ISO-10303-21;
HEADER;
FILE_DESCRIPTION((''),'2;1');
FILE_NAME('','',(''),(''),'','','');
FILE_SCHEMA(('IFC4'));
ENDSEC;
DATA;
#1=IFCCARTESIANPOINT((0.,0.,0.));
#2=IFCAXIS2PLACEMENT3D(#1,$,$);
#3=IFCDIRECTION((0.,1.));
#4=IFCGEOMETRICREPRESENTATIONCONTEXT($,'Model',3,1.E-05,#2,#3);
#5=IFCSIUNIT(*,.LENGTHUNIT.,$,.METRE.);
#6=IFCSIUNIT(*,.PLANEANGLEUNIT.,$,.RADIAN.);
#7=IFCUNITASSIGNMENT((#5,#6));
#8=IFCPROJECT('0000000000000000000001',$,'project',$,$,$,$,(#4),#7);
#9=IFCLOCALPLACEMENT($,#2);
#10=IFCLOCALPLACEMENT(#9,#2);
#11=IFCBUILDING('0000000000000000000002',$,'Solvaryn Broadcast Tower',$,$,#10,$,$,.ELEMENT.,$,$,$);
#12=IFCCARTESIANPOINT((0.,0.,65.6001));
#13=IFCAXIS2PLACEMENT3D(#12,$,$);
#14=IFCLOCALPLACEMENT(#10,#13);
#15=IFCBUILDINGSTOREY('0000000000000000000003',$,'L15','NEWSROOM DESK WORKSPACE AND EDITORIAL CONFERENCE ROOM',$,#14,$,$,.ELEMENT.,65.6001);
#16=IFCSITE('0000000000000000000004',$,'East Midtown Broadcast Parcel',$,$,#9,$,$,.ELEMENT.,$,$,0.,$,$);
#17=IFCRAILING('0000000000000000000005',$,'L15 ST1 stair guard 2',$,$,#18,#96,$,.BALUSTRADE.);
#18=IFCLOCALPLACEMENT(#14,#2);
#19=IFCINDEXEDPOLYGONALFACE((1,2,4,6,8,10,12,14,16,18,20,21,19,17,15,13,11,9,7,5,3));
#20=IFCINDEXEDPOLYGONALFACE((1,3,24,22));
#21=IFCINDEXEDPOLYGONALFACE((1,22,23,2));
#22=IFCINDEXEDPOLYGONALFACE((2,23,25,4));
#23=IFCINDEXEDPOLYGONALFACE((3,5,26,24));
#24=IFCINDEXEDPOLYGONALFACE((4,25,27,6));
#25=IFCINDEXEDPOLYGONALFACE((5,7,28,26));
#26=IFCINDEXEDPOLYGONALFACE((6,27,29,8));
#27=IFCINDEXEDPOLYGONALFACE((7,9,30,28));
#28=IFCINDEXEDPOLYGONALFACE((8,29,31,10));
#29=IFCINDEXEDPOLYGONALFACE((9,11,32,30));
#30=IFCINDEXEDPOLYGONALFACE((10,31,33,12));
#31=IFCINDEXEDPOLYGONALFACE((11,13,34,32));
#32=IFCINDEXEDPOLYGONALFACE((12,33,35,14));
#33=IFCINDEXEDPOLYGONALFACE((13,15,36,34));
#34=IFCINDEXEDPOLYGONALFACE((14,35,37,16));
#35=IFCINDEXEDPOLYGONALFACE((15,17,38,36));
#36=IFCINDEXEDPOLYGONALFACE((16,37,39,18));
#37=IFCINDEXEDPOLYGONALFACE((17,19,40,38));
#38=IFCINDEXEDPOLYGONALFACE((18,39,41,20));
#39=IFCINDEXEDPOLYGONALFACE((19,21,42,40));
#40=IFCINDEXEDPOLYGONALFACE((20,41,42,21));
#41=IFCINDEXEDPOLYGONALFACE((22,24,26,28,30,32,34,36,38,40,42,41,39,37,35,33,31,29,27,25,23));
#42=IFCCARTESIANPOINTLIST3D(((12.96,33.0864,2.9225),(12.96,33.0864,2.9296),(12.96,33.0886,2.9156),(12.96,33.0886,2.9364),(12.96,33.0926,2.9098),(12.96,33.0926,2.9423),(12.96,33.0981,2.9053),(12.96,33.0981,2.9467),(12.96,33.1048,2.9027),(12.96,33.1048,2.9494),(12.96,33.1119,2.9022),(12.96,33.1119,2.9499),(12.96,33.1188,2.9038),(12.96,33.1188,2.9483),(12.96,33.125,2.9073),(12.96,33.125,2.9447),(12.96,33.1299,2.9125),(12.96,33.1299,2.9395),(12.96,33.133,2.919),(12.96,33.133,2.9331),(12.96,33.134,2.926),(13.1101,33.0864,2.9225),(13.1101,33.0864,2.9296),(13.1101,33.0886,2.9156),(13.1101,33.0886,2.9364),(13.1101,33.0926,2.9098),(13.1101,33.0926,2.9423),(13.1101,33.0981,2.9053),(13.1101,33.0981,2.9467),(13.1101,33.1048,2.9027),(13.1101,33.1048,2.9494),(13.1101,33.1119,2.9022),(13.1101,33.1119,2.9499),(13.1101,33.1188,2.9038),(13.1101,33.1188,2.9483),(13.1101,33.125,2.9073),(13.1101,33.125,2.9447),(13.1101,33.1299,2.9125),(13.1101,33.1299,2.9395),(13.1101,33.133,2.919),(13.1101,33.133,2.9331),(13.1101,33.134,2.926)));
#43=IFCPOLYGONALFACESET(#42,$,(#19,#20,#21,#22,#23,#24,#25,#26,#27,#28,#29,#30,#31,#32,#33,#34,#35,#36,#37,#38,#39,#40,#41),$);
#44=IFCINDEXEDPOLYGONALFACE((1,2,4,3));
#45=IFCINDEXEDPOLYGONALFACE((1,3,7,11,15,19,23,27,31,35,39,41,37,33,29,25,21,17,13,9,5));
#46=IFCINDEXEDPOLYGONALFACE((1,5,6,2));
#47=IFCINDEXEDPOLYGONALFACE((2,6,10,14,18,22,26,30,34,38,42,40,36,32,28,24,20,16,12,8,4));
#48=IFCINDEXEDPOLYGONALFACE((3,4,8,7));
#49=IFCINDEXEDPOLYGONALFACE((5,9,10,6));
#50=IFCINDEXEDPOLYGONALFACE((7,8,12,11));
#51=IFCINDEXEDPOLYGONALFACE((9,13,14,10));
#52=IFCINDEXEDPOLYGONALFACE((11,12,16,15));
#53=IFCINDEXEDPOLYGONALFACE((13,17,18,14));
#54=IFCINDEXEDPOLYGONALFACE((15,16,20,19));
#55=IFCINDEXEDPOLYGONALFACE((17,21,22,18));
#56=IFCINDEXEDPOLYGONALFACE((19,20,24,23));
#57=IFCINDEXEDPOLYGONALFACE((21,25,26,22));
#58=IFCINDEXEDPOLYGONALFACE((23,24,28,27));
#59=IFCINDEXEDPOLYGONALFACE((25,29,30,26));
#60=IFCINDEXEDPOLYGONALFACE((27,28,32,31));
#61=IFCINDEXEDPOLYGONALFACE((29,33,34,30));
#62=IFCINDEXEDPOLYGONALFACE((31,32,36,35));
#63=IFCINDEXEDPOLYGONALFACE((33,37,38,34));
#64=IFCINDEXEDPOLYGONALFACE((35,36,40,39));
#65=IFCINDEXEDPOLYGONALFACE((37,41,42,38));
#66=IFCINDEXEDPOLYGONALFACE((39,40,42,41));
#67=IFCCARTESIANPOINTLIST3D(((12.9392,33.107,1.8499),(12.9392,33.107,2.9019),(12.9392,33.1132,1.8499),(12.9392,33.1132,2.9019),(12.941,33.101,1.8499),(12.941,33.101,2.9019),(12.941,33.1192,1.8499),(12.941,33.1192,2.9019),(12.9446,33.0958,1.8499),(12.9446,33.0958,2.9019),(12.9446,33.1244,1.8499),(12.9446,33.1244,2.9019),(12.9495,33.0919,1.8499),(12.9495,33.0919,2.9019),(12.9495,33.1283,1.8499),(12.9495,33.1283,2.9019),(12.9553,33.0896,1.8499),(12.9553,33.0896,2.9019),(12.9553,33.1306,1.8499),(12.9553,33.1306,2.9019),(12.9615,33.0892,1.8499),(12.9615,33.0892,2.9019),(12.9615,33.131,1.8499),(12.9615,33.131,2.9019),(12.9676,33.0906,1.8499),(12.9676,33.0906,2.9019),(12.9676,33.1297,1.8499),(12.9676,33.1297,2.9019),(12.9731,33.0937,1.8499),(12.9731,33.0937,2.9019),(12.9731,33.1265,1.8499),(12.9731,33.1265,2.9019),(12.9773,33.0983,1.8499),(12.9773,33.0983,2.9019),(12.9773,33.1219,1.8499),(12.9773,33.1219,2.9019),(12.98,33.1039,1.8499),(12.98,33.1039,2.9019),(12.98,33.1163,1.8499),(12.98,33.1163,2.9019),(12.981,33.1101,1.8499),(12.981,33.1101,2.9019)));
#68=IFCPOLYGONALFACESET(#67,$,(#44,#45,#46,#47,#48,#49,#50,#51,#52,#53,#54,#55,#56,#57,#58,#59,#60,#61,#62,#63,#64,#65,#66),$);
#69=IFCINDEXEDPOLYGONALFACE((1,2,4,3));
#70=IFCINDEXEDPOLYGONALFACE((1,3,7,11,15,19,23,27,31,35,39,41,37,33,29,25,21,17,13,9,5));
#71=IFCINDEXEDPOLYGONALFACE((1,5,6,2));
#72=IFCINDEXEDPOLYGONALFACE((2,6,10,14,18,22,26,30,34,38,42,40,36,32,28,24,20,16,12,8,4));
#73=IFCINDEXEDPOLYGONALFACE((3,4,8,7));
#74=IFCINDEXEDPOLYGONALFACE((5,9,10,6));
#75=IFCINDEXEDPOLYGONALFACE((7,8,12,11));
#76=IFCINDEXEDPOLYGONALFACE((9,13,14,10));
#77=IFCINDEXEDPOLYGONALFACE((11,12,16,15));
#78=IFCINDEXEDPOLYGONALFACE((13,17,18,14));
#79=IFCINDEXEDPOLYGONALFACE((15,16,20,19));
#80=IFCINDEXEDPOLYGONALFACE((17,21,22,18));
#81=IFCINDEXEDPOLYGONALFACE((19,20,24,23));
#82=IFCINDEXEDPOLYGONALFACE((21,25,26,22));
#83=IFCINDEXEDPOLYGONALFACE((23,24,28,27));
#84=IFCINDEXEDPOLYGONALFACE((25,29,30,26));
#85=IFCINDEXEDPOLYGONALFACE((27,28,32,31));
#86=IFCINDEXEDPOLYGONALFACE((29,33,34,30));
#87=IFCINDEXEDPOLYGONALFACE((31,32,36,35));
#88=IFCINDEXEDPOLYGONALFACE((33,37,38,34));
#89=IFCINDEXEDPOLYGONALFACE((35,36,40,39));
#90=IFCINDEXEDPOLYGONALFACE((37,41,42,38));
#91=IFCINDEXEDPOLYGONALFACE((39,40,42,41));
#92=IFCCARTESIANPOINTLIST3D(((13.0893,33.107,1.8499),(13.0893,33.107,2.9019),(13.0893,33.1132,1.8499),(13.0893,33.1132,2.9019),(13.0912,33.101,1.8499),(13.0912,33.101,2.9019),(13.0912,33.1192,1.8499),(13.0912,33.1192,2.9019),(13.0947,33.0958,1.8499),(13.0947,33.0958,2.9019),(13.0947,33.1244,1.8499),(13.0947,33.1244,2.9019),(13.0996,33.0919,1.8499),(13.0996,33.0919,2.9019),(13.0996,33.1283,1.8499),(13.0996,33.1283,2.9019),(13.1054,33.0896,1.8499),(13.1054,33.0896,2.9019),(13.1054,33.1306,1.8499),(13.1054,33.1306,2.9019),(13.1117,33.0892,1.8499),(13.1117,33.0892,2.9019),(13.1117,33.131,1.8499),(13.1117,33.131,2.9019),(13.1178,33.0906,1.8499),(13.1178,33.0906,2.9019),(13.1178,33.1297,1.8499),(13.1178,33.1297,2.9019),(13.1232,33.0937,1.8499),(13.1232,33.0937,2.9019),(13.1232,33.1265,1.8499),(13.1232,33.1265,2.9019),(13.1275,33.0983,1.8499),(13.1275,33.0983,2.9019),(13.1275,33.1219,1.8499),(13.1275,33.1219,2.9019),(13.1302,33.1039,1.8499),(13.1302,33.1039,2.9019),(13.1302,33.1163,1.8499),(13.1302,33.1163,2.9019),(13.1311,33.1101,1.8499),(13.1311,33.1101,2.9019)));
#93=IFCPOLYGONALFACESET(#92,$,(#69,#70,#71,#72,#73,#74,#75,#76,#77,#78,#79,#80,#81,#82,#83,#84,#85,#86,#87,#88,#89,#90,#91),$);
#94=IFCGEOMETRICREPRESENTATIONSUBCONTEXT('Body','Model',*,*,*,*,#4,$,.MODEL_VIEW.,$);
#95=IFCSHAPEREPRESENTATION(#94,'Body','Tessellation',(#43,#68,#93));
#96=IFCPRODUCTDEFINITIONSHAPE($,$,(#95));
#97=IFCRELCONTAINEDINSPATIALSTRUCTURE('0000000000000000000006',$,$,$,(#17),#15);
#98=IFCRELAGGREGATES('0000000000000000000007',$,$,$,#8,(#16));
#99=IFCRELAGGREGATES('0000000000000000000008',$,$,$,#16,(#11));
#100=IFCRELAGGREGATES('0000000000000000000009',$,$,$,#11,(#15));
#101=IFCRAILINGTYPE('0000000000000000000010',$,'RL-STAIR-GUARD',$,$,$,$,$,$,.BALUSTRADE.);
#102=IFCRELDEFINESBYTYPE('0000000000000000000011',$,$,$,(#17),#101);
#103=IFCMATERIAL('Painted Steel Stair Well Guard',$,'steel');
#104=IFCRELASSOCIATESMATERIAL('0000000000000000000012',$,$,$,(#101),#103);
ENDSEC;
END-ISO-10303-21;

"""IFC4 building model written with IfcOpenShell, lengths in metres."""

from ifc_helpers import new_model, si_unit, direction, frame, origin, origin_2d, place, context, subcontext, project, spatial, circle, extrude, material, type_object, element, save


model = new_model("IFC4")

# Units and contexts
model_context = context("Model", 3, precision=1e-05, world=origin(), true_north=direction((0.0, 1.0)))
body_context = subcontext(model_context, "Body", "Model", "MODEL_VIEW")
ifc_project = project(units=[si_unit("LENGTHUNIT", "METRE"), si_unit("PLANEANGLEUNIT", "RADIAN")], contexts=[model_context])

# Site, building, storey
site_placement = place(None, origin())
site = spatial("IfcSite", under=ifc_project, at=site_placement, Name="East Midtown Broadcast Parcel", CompositionType="ELEMENT", RefElevation=0.0)
building_placement = place(site_placement, origin())
building = spatial("IfcBuilding", under=site, at=building_placement, Name="Solvaryn Broadcast Tower", CompositionType="ELEMENT")
storey_placement = place(building_placement, frame((0.0, 0.0, 65.6001)))
storey = spatial("IfcBuildingStorey", under=building, at=storey_placement, Name="L15", Description="NEWSROOM DESK WORKSPACE AND EDITORIAL CONFERENCE ROOM", CompositionType="ELEMENT", Elevation=65.6001)

# Railing
ifc_material_1 = material(Name="Painted Steel Stair Well Guard", Category="steel")
railing_type_1 = type_object("IfcRailingType", Name="RL-STAIR-GUARD", PredefinedType="BALUSTRADE", material=ifc_material_1)
railing_1_placement = place(storey_placement, frame((12.96, 33.1101, 1.8499)))
element("IfcRailing", 1, at=railing_1_placement, inside=storey, type_object=railing_type_1, Name="L15 ST1 stair guard 2", PredefinedType="BALUSTRADE", context=body_context, shape_type="SweptSolid", body=[
    extrude(circle(Radius=0.0239, at=origin_2d()), frame((0.0, 0.0, 1.0762), z_axis=(1.0, 0.0, 0.0), x_axis=(0.0, 1.0, 0.0)), (0.0, 0.0, 1.0), 0.1501),
    extrude(circle(Radius=0.021, at=origin_2d()), origin(), (0.0, 0.0, 1.0), 1.052),
    extrude(circle(Radius=0.021, at=origin_2d()), frame((0.1501, 0.0, 0.0)), (0.0, 0.0, 1.0), 1.052),
])

save(model, "model.ifc")
